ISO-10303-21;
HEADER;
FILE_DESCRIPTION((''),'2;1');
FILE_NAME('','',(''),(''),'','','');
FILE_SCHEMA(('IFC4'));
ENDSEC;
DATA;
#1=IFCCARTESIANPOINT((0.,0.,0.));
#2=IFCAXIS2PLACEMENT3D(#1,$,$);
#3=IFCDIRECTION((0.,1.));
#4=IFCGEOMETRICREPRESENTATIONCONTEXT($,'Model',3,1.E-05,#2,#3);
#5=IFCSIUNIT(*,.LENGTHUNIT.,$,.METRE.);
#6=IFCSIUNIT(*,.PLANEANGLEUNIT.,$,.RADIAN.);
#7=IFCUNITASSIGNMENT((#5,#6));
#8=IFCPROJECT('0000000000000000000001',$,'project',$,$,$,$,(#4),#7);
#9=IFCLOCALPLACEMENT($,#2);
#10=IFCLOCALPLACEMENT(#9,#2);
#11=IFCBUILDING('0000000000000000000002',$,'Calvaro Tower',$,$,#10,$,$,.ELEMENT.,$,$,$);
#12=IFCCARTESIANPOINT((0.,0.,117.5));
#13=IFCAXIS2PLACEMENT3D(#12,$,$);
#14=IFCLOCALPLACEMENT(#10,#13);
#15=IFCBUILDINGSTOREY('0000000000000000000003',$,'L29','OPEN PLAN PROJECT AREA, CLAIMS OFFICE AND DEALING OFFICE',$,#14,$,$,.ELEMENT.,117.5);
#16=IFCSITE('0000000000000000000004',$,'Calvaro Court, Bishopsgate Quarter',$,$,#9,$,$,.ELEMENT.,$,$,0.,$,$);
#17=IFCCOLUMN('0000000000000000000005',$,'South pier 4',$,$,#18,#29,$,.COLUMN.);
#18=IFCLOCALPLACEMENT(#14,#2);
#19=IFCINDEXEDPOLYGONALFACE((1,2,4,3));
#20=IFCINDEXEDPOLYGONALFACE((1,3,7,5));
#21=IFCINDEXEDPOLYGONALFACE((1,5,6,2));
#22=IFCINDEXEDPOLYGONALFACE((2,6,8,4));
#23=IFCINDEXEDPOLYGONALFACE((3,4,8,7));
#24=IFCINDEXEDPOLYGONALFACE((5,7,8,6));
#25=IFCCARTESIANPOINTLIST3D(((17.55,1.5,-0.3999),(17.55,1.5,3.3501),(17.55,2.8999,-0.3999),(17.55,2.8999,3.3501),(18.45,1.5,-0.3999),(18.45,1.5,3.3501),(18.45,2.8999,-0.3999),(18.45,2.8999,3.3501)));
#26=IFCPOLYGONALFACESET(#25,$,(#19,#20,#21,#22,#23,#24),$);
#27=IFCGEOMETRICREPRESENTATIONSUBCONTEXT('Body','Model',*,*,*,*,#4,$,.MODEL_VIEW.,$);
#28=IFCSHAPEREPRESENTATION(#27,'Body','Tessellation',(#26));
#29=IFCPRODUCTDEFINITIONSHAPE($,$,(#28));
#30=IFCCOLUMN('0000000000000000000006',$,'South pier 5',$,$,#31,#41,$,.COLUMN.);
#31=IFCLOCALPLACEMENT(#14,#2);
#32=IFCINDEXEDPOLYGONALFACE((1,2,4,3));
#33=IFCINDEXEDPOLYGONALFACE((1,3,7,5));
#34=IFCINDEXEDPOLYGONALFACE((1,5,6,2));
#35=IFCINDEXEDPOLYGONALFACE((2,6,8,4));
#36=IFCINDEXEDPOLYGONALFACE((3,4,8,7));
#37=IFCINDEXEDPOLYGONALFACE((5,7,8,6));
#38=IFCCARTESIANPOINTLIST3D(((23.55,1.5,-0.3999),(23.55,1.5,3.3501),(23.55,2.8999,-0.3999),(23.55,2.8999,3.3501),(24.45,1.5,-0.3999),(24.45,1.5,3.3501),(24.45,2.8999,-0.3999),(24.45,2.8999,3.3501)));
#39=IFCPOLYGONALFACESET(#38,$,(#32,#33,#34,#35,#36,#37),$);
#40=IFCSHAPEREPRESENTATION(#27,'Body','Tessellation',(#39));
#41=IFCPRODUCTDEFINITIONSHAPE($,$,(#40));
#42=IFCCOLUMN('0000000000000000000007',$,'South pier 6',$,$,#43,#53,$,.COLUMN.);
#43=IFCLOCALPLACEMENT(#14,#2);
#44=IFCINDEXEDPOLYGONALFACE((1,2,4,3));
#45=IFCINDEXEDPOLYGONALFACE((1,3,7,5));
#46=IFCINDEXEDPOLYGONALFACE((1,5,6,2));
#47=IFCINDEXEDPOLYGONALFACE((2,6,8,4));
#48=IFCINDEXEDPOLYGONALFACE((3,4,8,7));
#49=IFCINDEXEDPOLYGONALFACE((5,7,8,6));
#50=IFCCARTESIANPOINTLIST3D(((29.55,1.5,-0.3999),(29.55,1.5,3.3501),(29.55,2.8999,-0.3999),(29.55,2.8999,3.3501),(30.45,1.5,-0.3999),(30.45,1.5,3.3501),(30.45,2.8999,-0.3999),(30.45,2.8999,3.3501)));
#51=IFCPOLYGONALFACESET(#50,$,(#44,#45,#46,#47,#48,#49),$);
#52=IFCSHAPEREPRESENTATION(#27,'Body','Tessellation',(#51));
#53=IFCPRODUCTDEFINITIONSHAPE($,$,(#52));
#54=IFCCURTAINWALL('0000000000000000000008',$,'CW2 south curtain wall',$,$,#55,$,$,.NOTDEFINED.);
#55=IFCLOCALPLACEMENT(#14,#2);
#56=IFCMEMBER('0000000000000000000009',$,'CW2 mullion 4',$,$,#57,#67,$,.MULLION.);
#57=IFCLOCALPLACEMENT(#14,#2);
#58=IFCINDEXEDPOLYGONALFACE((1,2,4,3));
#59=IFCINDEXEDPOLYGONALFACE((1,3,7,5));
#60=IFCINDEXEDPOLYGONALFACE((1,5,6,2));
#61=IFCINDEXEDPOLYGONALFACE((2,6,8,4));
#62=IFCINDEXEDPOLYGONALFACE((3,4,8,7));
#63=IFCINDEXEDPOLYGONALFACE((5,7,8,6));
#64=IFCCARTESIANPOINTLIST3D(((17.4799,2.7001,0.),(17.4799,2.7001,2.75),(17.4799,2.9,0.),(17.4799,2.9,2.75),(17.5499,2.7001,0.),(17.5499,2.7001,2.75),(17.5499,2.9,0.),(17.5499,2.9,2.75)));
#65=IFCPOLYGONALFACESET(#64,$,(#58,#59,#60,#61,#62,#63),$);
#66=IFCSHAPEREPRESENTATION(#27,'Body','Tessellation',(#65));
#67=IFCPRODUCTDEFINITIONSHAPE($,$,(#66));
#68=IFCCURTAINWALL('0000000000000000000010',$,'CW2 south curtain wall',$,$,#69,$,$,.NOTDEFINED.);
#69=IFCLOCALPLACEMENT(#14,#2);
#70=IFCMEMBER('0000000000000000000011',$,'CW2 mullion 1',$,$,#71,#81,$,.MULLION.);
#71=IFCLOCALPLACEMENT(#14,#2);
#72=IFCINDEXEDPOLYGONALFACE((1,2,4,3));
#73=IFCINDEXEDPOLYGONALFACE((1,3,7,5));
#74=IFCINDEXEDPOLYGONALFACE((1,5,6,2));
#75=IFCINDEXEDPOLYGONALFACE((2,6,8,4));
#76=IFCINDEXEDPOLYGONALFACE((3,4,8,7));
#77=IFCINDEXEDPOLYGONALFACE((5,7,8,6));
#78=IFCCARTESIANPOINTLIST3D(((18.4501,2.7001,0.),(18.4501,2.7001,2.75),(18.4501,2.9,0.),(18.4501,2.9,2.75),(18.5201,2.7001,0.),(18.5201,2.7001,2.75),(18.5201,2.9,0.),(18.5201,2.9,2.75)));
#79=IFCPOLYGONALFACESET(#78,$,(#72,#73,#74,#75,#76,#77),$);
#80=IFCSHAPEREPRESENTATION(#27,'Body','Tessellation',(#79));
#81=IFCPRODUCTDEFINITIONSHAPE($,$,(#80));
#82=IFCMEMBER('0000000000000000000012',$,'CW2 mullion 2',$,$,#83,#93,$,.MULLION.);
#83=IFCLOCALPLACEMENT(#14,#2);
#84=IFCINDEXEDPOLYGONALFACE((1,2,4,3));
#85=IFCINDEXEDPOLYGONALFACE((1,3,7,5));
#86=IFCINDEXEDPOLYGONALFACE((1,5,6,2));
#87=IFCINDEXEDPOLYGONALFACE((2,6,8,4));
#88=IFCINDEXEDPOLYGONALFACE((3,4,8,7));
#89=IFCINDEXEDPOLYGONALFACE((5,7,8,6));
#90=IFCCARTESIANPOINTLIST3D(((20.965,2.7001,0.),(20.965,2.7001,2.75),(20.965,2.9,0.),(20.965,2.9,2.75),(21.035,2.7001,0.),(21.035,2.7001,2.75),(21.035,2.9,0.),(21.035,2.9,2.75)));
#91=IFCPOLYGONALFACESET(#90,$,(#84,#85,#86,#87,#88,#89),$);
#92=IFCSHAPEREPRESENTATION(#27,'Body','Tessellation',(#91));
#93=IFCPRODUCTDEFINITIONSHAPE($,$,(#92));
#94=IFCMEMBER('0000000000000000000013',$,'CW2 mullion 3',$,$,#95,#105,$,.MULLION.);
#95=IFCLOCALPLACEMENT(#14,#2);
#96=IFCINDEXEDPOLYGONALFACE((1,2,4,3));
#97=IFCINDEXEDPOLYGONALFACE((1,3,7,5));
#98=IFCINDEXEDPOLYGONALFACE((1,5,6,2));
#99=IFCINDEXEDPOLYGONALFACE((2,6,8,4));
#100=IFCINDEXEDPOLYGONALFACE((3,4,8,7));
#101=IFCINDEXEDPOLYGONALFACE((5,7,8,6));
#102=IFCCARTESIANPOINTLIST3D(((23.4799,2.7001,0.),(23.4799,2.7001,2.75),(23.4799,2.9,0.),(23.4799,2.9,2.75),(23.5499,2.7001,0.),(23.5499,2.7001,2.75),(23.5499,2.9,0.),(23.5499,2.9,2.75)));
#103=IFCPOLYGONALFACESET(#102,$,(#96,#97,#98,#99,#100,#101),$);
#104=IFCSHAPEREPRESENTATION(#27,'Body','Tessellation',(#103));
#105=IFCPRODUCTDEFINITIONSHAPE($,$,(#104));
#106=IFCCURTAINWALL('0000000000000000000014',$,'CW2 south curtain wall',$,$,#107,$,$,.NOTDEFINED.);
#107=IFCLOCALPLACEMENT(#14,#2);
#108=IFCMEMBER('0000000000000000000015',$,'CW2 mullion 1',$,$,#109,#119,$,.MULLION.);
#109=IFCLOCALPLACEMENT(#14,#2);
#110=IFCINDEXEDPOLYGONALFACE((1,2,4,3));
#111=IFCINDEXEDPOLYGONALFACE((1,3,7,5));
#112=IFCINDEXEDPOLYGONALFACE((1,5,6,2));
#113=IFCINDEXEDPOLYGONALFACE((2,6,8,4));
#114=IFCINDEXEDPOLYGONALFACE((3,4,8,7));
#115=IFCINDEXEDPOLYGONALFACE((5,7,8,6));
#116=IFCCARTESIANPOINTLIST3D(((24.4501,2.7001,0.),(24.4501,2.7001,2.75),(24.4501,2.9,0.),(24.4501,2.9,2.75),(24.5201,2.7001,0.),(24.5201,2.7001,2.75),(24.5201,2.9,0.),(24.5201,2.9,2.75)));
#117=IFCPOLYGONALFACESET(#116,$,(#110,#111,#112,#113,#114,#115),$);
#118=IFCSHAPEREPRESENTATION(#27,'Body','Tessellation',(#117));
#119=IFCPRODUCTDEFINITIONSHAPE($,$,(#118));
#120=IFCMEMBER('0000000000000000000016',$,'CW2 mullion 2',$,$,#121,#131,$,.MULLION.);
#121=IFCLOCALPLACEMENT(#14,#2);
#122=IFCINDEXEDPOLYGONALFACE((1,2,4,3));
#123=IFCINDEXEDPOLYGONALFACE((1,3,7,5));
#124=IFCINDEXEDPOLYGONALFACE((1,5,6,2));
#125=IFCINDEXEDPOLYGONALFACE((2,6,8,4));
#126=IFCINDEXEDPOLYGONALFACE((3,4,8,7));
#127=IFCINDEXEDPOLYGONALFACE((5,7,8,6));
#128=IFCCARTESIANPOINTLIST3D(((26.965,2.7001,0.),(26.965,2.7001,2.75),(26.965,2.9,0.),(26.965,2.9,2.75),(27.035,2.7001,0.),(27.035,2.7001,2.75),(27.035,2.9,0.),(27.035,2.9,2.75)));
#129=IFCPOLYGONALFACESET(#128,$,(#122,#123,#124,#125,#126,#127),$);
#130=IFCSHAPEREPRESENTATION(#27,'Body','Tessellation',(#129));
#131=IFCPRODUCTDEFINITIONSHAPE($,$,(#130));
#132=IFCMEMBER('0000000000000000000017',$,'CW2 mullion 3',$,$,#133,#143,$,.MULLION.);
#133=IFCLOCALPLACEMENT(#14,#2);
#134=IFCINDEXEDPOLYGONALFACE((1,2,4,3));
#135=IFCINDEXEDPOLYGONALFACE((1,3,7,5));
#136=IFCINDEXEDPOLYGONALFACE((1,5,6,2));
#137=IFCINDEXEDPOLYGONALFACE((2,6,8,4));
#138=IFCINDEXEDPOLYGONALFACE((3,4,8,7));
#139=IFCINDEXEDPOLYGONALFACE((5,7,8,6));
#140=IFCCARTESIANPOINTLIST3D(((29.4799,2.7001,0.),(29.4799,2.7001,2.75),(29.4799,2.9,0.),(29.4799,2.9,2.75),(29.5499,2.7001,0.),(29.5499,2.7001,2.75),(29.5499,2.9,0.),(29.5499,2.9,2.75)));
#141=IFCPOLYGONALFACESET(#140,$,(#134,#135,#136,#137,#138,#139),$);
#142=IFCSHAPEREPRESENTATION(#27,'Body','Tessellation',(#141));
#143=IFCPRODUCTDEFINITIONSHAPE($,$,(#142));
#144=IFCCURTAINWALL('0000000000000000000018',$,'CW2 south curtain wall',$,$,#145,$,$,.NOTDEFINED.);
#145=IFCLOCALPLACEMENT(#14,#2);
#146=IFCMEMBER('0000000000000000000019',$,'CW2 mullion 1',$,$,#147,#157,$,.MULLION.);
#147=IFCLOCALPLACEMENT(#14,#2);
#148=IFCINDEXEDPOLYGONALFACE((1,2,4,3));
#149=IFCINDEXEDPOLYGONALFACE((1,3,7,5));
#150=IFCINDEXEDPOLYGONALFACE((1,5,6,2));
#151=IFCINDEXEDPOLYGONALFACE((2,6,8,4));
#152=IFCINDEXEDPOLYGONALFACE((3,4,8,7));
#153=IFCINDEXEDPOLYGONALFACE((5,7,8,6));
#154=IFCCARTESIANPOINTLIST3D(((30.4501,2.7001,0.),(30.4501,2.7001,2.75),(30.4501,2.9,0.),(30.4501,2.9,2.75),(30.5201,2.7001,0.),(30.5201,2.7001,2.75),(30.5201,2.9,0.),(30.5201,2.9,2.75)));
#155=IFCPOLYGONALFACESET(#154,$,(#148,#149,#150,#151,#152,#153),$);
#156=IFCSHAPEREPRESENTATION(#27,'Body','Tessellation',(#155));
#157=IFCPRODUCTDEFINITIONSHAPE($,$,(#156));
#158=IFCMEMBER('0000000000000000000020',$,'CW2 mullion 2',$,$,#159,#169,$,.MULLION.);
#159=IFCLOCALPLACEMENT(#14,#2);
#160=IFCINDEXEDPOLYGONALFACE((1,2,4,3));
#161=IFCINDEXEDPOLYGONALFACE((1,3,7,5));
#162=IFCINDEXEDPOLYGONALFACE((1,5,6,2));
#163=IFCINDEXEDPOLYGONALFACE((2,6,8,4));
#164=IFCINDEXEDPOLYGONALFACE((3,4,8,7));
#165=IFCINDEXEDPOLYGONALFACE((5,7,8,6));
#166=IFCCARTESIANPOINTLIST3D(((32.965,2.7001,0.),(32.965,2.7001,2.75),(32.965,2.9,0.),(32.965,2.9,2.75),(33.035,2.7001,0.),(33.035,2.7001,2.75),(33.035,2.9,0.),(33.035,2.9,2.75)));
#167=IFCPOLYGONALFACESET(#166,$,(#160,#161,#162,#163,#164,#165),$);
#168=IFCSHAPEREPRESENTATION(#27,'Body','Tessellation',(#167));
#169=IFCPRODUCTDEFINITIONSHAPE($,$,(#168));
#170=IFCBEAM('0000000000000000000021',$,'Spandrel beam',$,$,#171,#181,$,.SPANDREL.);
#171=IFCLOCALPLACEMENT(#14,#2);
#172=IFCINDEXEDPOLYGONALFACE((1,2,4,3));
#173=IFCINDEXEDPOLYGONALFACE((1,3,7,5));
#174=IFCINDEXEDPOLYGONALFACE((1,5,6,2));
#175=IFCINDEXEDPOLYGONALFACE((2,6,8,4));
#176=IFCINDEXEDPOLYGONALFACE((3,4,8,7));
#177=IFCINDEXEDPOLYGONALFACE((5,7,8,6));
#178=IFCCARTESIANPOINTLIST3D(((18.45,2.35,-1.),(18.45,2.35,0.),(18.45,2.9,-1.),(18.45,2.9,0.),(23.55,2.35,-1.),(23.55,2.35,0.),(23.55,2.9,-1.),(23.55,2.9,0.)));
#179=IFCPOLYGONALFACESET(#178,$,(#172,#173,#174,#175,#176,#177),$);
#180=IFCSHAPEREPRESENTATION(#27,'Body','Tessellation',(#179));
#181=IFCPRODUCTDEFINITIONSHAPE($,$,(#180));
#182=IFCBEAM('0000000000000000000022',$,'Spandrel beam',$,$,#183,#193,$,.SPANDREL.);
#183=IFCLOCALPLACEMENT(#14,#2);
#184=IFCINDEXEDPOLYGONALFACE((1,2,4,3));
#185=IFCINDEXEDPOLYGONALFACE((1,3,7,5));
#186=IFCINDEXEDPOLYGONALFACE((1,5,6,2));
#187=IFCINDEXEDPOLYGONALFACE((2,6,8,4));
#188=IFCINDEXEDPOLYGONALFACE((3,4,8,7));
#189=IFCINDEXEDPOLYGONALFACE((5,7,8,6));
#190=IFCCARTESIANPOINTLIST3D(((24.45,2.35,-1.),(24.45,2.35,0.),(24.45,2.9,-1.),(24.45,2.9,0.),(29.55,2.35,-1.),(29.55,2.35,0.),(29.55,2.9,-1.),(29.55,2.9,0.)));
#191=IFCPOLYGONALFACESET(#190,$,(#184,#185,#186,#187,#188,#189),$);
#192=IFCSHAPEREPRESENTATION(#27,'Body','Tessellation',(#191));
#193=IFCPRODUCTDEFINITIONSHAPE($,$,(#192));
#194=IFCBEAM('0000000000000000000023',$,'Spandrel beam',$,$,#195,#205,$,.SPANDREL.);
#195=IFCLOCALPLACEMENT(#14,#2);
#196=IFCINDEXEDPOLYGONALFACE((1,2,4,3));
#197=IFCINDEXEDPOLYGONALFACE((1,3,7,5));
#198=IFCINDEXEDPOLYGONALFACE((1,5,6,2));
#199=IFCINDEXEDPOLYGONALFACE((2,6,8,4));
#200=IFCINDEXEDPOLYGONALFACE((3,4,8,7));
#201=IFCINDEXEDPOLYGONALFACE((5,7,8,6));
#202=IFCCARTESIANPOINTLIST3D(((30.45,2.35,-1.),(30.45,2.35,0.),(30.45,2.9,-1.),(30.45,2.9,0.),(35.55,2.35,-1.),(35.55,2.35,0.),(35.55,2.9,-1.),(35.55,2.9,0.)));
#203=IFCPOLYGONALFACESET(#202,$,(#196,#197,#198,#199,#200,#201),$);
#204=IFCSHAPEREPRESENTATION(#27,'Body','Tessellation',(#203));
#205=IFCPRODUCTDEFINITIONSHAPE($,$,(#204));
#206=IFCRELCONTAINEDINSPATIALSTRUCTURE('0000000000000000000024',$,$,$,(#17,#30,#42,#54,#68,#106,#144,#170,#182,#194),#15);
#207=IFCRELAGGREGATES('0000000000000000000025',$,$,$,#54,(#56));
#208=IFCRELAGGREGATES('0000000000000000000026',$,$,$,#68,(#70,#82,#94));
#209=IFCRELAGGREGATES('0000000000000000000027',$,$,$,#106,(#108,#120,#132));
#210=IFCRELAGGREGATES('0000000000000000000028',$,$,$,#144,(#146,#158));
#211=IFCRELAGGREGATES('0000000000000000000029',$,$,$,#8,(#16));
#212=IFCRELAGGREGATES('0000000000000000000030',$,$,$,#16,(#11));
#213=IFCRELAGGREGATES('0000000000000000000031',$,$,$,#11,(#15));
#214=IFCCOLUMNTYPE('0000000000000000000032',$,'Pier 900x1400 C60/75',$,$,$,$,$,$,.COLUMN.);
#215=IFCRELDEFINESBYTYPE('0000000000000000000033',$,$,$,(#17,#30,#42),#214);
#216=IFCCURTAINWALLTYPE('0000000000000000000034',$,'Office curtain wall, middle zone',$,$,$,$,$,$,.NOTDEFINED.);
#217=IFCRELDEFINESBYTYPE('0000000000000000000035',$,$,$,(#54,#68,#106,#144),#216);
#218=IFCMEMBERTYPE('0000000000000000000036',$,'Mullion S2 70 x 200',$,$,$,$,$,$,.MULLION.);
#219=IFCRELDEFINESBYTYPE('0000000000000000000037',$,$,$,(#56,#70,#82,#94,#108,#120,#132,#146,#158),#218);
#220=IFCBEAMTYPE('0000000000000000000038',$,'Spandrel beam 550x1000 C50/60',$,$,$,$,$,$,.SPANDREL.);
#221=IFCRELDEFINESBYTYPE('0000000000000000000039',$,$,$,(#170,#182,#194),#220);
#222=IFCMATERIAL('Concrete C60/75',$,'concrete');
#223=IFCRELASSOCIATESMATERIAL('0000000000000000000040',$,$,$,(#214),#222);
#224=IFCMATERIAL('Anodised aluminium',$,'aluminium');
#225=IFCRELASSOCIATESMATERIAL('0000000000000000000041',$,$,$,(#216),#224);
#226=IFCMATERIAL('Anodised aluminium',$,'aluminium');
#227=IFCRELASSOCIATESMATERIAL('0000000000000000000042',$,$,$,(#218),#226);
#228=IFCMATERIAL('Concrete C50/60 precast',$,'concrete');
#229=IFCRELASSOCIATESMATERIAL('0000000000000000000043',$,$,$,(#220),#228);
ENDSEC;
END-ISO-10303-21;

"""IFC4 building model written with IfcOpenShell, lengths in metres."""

from ifc_helpers import new_model, si_unit, direction, frame, origin, origin_2d, place, context, subcontext, project, spatial, rectangle, extrude, material, material_profile, profile_set, type_object, element, aggregate, save


model = new_model("IFC4")

# Units and contexts
model_context = context("Model", 3, precision=1e-05, world=origin(), true_north=direction((0.0, 1.0)))
body_context = subcontext(model_context, "Body", "Model", "MODEL_VIEW")
ifc_project = project(units=[si_unit("LENGTHUNIT", "METRE"), si_unit("PLANEANGLEUNIT", "RADIAN")], contexts=[model_context])

# Site, building, storey
site_placement = place(None, origin())
site = spatial("IfcSite", under=ifc_project, at=site_placement, Name="Calvaro Court, Bishopsgate Quarter", CompositionType="ELEMENT", RefElevation=0.0)
building_placement = place(site_placement, origin())
building = spatial("IfcBuilding", under=site, at=building_placement, Name="Calvaro Tower", CompositionType="ELEMENT")
storey_placement = place(building_placement, frame((0.0, 0.0, 117.5)))
storey = spatial("IfcBuildingStorey", under=building, at=storey_placement, Name="L29", Description="OPEN PLAN PROJECT AREA, CLAIMS OFFICE AND DEALING OFFICE", CompositionType="ELEMENT", Elevation=117.5)

# Columns
ifc_material_1 = material(Name="Concrete C60/75", Category="concrete")
ifc_material_profile_1 = material_profile(ifc_material_1, rectangle(XDim=0.8999, YDim=1.3999, at=origin_2d()), Name="RC 900x1400")
ifc_profile_set_1 = profile_set([ifc_material_profile_1], Name="Concrete C60/75")
column_type = type_object("IfcColumnType", Name="Pier 900x1400 C60/75", PredefinedType="COLUMN", material=ifc_profile_set_1)
for number, where, z_axis, x_axis, name in (
    (1, (18.0, 2.2, -0.3999), (0.0, 0.0, 1.0), (1.0, 0.0, 0.0), "South pier 4"),
    (2, (24.0, 2.2, -0.3999), (0.0, 0.0, 1.0), (1.0, 0.0, 0.0), "South pier 5"),
    (3, (30.0, 2.2, -0.3999), (0.0, 0.0, 1.0), (1.0, 0.0, 0.0), "South pier 6"),
):
    element("IfcColumn", number, at=place(storey_placement, frame(where, z_axis=z_axis, x_axis=x_axis)), inside=storey, type_object=column_type, Name=name, PredefinedType="COLUMN", context=body_context, shape_type="SweptSolid", body=[
        extrude(rectangle(XDim=0.8999, YDim=1.3999, at=origin_2d()), origin(), (0.0, 0.0, 1.0), 3.75),
    ])

# Curtain wall, member
ifc_material_2 = material(Name="Anodised aluminium", Category="aluminium")
curtain_wall_type = type_object("IfcCurtainWallType", Name="Office curtain wall, middle zone", PredefinedType="NOTDEFINED", material=ifc_material_2)
curtain_wall_1_placement = place(storey_placement, origin())
curtain_wall_1 = element("IfcCurtainWall", 4, at=curtain_wall_1_placement, inside=storey, type_object=curtain_wall_type, Name="CW2 south curtain wall", PredefinedType="NOTDEFINED")
ifc_material_3 = material(Name="Anodised aluminium", Category="aluminium")
ifc_material_profile_2 = material_profile(ifc_material_3, rectangle(XDim=0.2, YDim=0.0701, at=origin_2d()), Name="Mullion S2 70 x 200")
ifc_profile_set_2 = profile_set([ifc_material_profile_2], Name="Anodised aluminium")
member_type_1 = type_object("IfcMemberType", Name="Mullion S2 70 x 200", PredefinedType="MULLION", material=ifc_profile_set_2)
member_1_placement = place(storey_placement, frame((17.5149, 2.8, 0.0), z_axis=(0.0, 0.0, 1.0), x_axis=(0.0, 1.0, 0.0)))
member_1 = element("IfcMember", 5, at=member_1_placement, type_object=member_type_1, Name="CW2 mullion 4", PredefinedType="MULLION", context=body_context, shape_type="SweptSolid", body=[
    extrude(rectangle(XDim=0.2, YDim=0.0701, at=origin_2d()), origin(), (0.0, 0.0, 1.0), 2.75),
])

# Curtain walls, members
curtain_wall_2_placement = place(storey_placement, origin())
curtain_wall_2 = element("IfcCurtainWall", 6, at=curtain_wall_2_placement, inside=storey, type_object=curtain_wall_type, Name="CW2 south curtain wall", PredefinedType="NOTDEFINED")
member_2_placement = place(storey_placement, frame((18.4851, 2.8, 0.0), z_axis=(0.0, 0.0, 1.0), x_axis=(0.0, 1.0, 0.0)))
member_2 = element("IfcMember", 7, at=member_2_placement, type_object=member_type_1, Name="CW2 mullion 1", PredefinedType="MULLION", context=body_context, shape_type="SweptSolid", body=[
    extrude(rectangle(XDim=0.2, YDim=0.0701, at=origin_2d()), origin(), (0.0, 0.0, 1.0), 2.75),
])
member_3_placement = place(storey_placement, frame((21.0, 2.8, 0.0), z_axis=(0.0, 0.0, 1.0), x_axis=(0.0, 1.0, 0.0)))
member_3 = element("IfcMember", 8, at=member_3_placement, type_object=member_type_1, Name="CW2 mullion 2", PredefinedType="MULLION", context=body_context, shape_type="SweptSolid", body=[
    extrude(rectangle(XDim=0.2, YDim=0.0701, at=origin_2d()), origin(), (0.0, 0.0, 1.0), 2.75),
])
member_4_placement = place(storey_placement, frame((23.5149, 2.8, 0.0), z_axis=(0.0, 0.0, 1.0), x_axis=(0.0, 1.0, 0.0)))
member_4 = element("IfcMember", 9, at=member_4_placement, type_object=member_type_1, Name="CW2 mullion 3", PredefinedType="MULLION", context=body_context, shape_type="SweptSolid", body=[
    extrude(rectangle(XDim=0.2, YDim=0.0701, at=origin_2d()), origin(), (0.0, 0.0, 1.0), 2.75),
])
curtain_wall_3_placement = place(storey_placement, origin())
curtain_wall_3 = element("IfcCurtainWall", 10, at=curtain_wall_3_placement, inside=storey, type_object=curtain_wall_type, Name="CW2 south curtain wall", PredefinedType="NOTDEFINED")
member_5_placement = place(storey_placement, frame((24.4851, 2.8, 0.0), z_axis=(0.0, 0.0, 1.0), x_axis=(0.0, 1.0, 0.0)))
member_5 = element("IfcMember", 11, at=member_5_placement, type_object=member_type_1, Name="CW2 mullion 1", PredefinedType="MULLION", context=body_context, shape_type="SweptSolid", body=[
    extrude(rectangle(XDim=0.2, YDim=0.0701, at=origin_2d()), origin(), (0.0, 0.0, 1.0), 2.75),
])
member_6_placement = place(storey_placement, frame((27.0, 2.8, 0.0), z_axis=(0.0, 0.0, 1.0), x_axis=(0.0, 1.0, 0.0)))
member_6 = element("IfcMember", 12, at=member_6_placement, type_object=member_type_1, Name="CW2 mullion 2", PredefinedType="MULLION", context=body_context, shape_type="SweptSolid", body=[
    extrude(rectangle(XDim=0.2, YDim=0.0701, at=origin_2d()), origin(), (0.0, 0.0, 1.0), 2.75),
])
member_7_placement = place(storey_placement, frame((29.5149, 2.8, 0.0), z_axis=(0.0, 0.0, 1.0), x_axis=(0.0, 1.0, 0.0)))
member_7 = element("IfcMember", 13, at=member_7_placement, type_object=member_type_1, Name="CW2 mullion 3", PredefinedType="MULLION", context=body_context, shape_type="SweptSolid", body=[
    extrude(rectangle(XDim=0.2, YDim=0.0701, at=origin_2d()), origin(), (0.0, 0.0, 1.0), 2.75),
])
curtain_wall_4_placement = place(storey_placement, origin())
curtain_wall_4 = element("IfcCurtainWall", 14, at=curtain_wall_4_placement, inside=storey, type_object=curtain_wall_type, Name="CW2 south curtain wall", PredefinedType="NOTDEFINED")
member_8_placement = place(storey_placement, frame((30.4851, 2.8, 0.0), z_axis=(0.0, 0.0, 1.0), x_axis=(0.0, 1.0, 0.0)))
member_8 = element("IfcMember", 15, at=member_8_placement, type_object=member_type_1, Name="CW2 mullion 1", PredefinedType="MULLION", context=body_context, shape_type="SweptSolid", body=[
    extrude(rectangle(XDim=0.2, YDim=0.0701, at=origin_2d()), origin(), (0.0, 0.0, 1.0), 2.75),
])
member_9_placement = place(storey_placement, frame((33.0, 2.8, 0.0), z_axis=(0.0, 0.0, 1.0), x_axis=(0.0, 1.0, 0.0)))
member_9 = element("IfcMember", 16, at=member_9_placement, type_object=member_type_1, Name="CW2 mullion 2", PredefinedType="MULLION", context=body_context, shape_type="SweptSolid", body=[
    extrude(rectangle(XDim=0.2, YDim=0.0701, at=origin_2d()), origin(), (0.0, 0.0, 1.0), 2.75),
])

# Beams
ifc_material_4 = material(Name="Concrete C50/60 precast", Category="concrete")
ifc_material_profile_3 = material_profile(ifc_material_4, rectangle(XDim=0.55, YDim=1.0, at=origin_2d()), Name="RC 550x1000")
ifc_profile_set_3 = profile_set([ifc_material_profile_3], Name="Concrete C50/60 precast")
beam_type = type_object("IfcBeamType", Name="Spandrel beam 550x1000 C50/60", PredefinedType="SPANDREL", material=ifc_profile_set_3)
for number, where, z_axis, x_axis, name in (
    (17, (18.45, 2.625, -0.5), (1.0, 0.0, 0.0), (0.0, 1.0, 0.0), "Spandrel beam"),
    (18, (24.45, 2.625, -0.5), (1.0, 0.0, 0.0), (0.0, 1.0, 0.0), "Spandrel beam"),
    (19, (30.45, 2.625, -0.5), (1.0, 0.0, 0.0), (0.0, 1.0, 0.0), "Spandrel beam"),
):
    element("IfcBeam", number, at=place(storey_placement, frame(where, z_axis=z_axis, x_axis=x_axis)), inside=storey, type_object=beam_type, Name=name, PredefinedType="SPANDREL", context=body_context, shape_type="SweptSolid", body=[
        extrude(rectangle(XDim=0.55, YDim=1.0, at=origin_2d()), origin(), (0.0, 0.0, 1.0), 5.1001),
    ])

aggregate(curtain_wall_1, [member_1])
aggregate(curtain_wall_2, [member_2, member_3, member_4])
aggregate(curtain_wall_3, [member_5, member_6, member_7])
aggregate(curtain_wall_4, [member_8, member_9])

save(model, "model.ifc")
